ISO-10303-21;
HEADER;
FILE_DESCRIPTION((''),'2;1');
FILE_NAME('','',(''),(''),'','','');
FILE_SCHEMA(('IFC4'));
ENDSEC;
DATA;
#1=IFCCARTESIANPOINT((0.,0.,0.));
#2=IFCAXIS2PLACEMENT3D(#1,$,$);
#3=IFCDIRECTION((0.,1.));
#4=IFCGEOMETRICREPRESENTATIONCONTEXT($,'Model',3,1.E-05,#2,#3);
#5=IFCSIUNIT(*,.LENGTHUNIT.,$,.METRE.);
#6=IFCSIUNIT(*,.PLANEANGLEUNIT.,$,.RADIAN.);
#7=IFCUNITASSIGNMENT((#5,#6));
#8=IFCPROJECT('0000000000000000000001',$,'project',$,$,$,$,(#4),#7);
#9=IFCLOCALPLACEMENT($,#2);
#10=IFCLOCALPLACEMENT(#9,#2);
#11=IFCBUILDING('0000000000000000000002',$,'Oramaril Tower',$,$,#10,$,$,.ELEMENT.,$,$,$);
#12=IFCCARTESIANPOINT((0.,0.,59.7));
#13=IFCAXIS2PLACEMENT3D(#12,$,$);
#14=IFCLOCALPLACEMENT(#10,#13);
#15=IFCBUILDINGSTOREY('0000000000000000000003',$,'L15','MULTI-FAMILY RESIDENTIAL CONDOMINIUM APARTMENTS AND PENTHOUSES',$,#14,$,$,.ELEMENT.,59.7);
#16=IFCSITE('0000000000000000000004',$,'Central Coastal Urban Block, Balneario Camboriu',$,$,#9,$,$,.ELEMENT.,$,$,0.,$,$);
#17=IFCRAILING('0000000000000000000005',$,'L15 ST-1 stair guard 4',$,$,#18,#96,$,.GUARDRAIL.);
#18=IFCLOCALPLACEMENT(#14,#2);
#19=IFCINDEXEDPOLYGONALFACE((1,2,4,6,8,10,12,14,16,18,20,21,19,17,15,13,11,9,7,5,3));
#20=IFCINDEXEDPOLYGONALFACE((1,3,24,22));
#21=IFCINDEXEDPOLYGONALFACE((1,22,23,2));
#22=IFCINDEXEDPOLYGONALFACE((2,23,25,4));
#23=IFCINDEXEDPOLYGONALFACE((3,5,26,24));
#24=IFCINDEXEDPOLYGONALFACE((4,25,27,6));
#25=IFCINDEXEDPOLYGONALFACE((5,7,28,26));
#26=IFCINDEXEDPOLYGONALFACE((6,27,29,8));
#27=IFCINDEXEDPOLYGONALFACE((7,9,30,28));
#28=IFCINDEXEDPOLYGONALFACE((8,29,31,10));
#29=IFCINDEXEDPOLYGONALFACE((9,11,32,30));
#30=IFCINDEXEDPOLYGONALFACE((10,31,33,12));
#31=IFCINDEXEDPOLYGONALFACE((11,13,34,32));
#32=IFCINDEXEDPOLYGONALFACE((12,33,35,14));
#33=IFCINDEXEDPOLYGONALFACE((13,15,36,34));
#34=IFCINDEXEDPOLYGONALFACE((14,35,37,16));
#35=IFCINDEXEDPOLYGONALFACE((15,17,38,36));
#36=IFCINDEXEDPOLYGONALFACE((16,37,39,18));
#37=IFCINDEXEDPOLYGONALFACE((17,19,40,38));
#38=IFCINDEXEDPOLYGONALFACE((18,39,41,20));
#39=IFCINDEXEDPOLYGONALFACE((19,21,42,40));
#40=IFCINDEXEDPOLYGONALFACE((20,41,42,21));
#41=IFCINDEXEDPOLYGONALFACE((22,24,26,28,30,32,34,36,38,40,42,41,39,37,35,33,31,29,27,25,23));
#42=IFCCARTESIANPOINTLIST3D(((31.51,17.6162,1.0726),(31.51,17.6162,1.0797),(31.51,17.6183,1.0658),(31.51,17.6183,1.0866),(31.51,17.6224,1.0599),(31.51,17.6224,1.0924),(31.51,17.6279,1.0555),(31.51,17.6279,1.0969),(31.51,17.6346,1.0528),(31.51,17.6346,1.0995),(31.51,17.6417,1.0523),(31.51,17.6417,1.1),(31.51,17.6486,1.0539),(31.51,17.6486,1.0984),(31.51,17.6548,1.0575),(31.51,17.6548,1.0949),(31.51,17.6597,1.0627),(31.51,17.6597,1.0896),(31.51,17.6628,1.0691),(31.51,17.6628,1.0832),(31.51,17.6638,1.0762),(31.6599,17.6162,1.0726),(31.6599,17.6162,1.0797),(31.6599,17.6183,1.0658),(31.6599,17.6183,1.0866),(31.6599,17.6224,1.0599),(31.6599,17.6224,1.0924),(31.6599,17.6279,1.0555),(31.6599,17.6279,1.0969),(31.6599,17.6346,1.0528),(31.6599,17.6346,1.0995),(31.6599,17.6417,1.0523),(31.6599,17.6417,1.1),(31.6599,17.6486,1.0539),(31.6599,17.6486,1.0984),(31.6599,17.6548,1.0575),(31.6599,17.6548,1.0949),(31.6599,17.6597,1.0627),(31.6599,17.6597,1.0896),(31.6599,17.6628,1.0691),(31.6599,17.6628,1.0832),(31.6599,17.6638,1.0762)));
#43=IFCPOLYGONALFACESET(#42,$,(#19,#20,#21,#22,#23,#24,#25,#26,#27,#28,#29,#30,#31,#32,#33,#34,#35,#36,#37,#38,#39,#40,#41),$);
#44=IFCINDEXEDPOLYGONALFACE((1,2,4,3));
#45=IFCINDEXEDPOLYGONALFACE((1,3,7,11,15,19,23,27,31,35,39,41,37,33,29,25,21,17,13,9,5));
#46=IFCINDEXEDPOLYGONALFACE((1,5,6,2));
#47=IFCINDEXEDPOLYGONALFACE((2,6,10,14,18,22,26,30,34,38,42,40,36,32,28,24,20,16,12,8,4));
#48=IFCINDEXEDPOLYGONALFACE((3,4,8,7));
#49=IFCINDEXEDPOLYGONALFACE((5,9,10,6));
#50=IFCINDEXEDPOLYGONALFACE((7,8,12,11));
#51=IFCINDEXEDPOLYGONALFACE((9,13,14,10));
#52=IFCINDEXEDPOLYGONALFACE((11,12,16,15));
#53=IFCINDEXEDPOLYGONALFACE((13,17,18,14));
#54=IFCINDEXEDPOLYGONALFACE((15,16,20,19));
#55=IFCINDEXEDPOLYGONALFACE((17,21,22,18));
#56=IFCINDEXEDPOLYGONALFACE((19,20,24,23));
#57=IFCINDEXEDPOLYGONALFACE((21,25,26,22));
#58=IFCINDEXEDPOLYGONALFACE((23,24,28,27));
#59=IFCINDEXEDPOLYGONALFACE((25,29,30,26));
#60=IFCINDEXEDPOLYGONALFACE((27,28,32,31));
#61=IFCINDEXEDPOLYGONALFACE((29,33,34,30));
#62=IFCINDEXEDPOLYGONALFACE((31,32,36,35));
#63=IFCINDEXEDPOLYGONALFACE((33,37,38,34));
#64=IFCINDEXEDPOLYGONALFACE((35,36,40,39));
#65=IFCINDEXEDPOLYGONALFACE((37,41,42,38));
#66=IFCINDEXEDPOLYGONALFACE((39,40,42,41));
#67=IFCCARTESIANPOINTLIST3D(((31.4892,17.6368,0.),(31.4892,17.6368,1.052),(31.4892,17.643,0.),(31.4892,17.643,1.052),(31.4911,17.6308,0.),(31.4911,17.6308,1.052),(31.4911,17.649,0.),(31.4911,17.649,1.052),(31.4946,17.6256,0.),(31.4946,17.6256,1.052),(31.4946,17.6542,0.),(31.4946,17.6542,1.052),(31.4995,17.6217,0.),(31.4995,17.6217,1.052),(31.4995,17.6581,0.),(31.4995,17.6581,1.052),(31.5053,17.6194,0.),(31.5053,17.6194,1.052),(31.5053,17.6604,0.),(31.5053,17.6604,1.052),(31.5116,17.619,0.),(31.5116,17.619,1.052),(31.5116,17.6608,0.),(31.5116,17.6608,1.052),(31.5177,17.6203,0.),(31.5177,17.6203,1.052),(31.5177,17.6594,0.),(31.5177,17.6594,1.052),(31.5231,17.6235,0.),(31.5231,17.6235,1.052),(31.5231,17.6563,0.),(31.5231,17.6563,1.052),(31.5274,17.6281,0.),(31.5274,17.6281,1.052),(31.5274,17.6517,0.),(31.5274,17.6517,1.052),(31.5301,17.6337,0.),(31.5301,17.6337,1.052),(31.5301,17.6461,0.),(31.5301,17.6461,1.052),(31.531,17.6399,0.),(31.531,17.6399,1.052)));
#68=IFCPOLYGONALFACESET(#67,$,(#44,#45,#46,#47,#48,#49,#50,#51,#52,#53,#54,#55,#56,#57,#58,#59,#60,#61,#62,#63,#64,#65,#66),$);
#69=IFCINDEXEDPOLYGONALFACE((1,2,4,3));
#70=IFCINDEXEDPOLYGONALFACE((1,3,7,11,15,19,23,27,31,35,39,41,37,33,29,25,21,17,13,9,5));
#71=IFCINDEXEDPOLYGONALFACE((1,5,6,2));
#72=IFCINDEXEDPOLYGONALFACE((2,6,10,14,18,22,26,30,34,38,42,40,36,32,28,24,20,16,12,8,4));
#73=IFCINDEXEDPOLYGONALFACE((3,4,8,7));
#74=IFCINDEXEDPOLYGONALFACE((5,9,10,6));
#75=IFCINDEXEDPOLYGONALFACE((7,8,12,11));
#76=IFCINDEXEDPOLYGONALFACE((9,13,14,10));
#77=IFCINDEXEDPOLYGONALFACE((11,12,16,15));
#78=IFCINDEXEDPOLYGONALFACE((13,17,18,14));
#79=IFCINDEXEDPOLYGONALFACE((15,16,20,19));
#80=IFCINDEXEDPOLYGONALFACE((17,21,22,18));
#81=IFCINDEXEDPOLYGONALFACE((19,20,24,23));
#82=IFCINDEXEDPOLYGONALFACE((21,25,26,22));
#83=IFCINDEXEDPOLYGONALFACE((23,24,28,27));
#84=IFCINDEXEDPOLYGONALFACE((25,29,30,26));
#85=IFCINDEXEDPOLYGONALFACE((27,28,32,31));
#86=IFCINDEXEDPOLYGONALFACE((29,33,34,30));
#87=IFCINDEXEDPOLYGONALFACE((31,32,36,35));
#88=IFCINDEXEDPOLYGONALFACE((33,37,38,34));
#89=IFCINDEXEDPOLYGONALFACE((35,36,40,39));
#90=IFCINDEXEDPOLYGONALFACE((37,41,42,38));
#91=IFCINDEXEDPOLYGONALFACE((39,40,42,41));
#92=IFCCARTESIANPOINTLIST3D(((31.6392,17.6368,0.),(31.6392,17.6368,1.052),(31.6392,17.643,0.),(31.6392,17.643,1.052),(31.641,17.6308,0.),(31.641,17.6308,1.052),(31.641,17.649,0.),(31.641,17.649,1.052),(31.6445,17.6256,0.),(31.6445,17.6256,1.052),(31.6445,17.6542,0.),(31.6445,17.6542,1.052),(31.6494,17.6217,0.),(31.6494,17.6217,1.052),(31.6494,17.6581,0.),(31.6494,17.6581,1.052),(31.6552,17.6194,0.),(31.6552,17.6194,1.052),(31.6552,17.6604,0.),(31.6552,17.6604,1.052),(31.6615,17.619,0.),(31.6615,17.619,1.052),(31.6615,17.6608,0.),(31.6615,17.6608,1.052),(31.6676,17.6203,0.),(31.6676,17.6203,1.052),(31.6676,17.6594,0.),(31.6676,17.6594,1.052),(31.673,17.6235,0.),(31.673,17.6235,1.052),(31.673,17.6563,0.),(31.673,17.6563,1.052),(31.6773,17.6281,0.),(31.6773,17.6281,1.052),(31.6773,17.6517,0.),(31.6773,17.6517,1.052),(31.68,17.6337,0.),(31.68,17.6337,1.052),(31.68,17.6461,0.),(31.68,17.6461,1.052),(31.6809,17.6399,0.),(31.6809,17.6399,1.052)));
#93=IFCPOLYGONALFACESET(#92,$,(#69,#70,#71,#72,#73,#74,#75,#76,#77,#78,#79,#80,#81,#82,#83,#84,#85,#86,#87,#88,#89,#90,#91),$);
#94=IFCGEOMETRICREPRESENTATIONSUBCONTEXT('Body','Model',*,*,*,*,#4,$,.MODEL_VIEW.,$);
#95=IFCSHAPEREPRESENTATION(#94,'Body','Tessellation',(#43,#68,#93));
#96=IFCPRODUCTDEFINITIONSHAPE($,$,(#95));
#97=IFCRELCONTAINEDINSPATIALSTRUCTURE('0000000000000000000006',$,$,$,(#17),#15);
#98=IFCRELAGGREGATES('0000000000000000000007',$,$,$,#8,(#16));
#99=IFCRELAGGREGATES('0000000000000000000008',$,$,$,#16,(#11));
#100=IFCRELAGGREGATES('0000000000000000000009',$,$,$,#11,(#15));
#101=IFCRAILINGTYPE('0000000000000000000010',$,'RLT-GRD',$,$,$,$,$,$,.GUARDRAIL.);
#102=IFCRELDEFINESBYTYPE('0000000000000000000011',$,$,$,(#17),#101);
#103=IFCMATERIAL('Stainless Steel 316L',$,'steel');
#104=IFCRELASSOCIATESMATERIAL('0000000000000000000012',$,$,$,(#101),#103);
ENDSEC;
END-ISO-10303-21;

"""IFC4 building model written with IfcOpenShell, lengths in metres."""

from ifc_helpers import new_model, si_unit, direction, frame, origin, origin_2d, place, context, subcontext, project, spatial, circle, extrude, material, type_object, element, save


model = new_model("IFC4")

# Units and contexts
model_context = context("Model", 3, precision=1e-05, world=origin(), true_north=direction((0.0, 1.0)))
body_context = subcontext(model_context, "Body", "Model", "MODEL_VIEW")
ifc_project = project(units=[si_unit("LENGTHUNIT", "METRE"), si_unit("PLANEANGLEUNIT", "RADIAN")], contexts=[model_context])

# Site, building, storey
site_placement = place(None, origin())
site = spatial("IfcSite", under=ifc_project, at=site_placement, Name="Central Coastal Urban Block, Balneario Camboriu", CompositionType="ELEMENT", RefElevation=0.0)
building_placement = place(site_placement, origin())
building = spatial("IfcBuilding", under=site, at=building_placement, Name="Oramaril Tower", CompositionType="ELEMENT")
storey_placement = place(building_placement, frame((0.0, 0.0, 59.7)))
storey = spatial("IfcBuildingStorey", under=building, at=storey_placement, Name="L15", Description="MULTI-FAMILY RESIDENTIAL CONDOMINIUM APARTMENTS AND PENTHOUSES", CompositionType="ELEMENT", Elevation=59.7)

# Railing
ifc_material_1 = material(Name="Stainless Steel 316L", Category="steel")
railing_type_1 = type_object("IfcRailingType", Name="RLT-GRD", PredefinedType="GUARDRAIL", material=ifc_material_1)
railing_1_placement = place(storey_placement, frame((31.51, 17.6399, 0.0)))
element("IfcRailing", 1, at=railing_1_placement, inside=storey, type_object=railing_type_1, Name="L15 ST-1 stair guard 4", PredefinedType="GUARDRAIL", context=body_context, shape_type="SweptSolid", body=[
    extrude(circle(Radius=0.0239, at=origin_2d()), frame((0.0, 0.0, 1.0762), z_axis=(1.0, 0.0, 0.0), x_axis=(0.0, 1.0, 0.0)), (0.0, 0.0, 1.0), 0.1499),
    extrude(circle(Radius=0.021, at=origin_2d()), origin(), (0.0, 0.0, 1.0), 1.052),
    extrude(circle(Radius=0.021, at=origin_2d()), frame((0.1499, 0.0, 0.0)), (0.0, 0.0, 1.0), 1.052),
])

save(model, "model.ifc")
